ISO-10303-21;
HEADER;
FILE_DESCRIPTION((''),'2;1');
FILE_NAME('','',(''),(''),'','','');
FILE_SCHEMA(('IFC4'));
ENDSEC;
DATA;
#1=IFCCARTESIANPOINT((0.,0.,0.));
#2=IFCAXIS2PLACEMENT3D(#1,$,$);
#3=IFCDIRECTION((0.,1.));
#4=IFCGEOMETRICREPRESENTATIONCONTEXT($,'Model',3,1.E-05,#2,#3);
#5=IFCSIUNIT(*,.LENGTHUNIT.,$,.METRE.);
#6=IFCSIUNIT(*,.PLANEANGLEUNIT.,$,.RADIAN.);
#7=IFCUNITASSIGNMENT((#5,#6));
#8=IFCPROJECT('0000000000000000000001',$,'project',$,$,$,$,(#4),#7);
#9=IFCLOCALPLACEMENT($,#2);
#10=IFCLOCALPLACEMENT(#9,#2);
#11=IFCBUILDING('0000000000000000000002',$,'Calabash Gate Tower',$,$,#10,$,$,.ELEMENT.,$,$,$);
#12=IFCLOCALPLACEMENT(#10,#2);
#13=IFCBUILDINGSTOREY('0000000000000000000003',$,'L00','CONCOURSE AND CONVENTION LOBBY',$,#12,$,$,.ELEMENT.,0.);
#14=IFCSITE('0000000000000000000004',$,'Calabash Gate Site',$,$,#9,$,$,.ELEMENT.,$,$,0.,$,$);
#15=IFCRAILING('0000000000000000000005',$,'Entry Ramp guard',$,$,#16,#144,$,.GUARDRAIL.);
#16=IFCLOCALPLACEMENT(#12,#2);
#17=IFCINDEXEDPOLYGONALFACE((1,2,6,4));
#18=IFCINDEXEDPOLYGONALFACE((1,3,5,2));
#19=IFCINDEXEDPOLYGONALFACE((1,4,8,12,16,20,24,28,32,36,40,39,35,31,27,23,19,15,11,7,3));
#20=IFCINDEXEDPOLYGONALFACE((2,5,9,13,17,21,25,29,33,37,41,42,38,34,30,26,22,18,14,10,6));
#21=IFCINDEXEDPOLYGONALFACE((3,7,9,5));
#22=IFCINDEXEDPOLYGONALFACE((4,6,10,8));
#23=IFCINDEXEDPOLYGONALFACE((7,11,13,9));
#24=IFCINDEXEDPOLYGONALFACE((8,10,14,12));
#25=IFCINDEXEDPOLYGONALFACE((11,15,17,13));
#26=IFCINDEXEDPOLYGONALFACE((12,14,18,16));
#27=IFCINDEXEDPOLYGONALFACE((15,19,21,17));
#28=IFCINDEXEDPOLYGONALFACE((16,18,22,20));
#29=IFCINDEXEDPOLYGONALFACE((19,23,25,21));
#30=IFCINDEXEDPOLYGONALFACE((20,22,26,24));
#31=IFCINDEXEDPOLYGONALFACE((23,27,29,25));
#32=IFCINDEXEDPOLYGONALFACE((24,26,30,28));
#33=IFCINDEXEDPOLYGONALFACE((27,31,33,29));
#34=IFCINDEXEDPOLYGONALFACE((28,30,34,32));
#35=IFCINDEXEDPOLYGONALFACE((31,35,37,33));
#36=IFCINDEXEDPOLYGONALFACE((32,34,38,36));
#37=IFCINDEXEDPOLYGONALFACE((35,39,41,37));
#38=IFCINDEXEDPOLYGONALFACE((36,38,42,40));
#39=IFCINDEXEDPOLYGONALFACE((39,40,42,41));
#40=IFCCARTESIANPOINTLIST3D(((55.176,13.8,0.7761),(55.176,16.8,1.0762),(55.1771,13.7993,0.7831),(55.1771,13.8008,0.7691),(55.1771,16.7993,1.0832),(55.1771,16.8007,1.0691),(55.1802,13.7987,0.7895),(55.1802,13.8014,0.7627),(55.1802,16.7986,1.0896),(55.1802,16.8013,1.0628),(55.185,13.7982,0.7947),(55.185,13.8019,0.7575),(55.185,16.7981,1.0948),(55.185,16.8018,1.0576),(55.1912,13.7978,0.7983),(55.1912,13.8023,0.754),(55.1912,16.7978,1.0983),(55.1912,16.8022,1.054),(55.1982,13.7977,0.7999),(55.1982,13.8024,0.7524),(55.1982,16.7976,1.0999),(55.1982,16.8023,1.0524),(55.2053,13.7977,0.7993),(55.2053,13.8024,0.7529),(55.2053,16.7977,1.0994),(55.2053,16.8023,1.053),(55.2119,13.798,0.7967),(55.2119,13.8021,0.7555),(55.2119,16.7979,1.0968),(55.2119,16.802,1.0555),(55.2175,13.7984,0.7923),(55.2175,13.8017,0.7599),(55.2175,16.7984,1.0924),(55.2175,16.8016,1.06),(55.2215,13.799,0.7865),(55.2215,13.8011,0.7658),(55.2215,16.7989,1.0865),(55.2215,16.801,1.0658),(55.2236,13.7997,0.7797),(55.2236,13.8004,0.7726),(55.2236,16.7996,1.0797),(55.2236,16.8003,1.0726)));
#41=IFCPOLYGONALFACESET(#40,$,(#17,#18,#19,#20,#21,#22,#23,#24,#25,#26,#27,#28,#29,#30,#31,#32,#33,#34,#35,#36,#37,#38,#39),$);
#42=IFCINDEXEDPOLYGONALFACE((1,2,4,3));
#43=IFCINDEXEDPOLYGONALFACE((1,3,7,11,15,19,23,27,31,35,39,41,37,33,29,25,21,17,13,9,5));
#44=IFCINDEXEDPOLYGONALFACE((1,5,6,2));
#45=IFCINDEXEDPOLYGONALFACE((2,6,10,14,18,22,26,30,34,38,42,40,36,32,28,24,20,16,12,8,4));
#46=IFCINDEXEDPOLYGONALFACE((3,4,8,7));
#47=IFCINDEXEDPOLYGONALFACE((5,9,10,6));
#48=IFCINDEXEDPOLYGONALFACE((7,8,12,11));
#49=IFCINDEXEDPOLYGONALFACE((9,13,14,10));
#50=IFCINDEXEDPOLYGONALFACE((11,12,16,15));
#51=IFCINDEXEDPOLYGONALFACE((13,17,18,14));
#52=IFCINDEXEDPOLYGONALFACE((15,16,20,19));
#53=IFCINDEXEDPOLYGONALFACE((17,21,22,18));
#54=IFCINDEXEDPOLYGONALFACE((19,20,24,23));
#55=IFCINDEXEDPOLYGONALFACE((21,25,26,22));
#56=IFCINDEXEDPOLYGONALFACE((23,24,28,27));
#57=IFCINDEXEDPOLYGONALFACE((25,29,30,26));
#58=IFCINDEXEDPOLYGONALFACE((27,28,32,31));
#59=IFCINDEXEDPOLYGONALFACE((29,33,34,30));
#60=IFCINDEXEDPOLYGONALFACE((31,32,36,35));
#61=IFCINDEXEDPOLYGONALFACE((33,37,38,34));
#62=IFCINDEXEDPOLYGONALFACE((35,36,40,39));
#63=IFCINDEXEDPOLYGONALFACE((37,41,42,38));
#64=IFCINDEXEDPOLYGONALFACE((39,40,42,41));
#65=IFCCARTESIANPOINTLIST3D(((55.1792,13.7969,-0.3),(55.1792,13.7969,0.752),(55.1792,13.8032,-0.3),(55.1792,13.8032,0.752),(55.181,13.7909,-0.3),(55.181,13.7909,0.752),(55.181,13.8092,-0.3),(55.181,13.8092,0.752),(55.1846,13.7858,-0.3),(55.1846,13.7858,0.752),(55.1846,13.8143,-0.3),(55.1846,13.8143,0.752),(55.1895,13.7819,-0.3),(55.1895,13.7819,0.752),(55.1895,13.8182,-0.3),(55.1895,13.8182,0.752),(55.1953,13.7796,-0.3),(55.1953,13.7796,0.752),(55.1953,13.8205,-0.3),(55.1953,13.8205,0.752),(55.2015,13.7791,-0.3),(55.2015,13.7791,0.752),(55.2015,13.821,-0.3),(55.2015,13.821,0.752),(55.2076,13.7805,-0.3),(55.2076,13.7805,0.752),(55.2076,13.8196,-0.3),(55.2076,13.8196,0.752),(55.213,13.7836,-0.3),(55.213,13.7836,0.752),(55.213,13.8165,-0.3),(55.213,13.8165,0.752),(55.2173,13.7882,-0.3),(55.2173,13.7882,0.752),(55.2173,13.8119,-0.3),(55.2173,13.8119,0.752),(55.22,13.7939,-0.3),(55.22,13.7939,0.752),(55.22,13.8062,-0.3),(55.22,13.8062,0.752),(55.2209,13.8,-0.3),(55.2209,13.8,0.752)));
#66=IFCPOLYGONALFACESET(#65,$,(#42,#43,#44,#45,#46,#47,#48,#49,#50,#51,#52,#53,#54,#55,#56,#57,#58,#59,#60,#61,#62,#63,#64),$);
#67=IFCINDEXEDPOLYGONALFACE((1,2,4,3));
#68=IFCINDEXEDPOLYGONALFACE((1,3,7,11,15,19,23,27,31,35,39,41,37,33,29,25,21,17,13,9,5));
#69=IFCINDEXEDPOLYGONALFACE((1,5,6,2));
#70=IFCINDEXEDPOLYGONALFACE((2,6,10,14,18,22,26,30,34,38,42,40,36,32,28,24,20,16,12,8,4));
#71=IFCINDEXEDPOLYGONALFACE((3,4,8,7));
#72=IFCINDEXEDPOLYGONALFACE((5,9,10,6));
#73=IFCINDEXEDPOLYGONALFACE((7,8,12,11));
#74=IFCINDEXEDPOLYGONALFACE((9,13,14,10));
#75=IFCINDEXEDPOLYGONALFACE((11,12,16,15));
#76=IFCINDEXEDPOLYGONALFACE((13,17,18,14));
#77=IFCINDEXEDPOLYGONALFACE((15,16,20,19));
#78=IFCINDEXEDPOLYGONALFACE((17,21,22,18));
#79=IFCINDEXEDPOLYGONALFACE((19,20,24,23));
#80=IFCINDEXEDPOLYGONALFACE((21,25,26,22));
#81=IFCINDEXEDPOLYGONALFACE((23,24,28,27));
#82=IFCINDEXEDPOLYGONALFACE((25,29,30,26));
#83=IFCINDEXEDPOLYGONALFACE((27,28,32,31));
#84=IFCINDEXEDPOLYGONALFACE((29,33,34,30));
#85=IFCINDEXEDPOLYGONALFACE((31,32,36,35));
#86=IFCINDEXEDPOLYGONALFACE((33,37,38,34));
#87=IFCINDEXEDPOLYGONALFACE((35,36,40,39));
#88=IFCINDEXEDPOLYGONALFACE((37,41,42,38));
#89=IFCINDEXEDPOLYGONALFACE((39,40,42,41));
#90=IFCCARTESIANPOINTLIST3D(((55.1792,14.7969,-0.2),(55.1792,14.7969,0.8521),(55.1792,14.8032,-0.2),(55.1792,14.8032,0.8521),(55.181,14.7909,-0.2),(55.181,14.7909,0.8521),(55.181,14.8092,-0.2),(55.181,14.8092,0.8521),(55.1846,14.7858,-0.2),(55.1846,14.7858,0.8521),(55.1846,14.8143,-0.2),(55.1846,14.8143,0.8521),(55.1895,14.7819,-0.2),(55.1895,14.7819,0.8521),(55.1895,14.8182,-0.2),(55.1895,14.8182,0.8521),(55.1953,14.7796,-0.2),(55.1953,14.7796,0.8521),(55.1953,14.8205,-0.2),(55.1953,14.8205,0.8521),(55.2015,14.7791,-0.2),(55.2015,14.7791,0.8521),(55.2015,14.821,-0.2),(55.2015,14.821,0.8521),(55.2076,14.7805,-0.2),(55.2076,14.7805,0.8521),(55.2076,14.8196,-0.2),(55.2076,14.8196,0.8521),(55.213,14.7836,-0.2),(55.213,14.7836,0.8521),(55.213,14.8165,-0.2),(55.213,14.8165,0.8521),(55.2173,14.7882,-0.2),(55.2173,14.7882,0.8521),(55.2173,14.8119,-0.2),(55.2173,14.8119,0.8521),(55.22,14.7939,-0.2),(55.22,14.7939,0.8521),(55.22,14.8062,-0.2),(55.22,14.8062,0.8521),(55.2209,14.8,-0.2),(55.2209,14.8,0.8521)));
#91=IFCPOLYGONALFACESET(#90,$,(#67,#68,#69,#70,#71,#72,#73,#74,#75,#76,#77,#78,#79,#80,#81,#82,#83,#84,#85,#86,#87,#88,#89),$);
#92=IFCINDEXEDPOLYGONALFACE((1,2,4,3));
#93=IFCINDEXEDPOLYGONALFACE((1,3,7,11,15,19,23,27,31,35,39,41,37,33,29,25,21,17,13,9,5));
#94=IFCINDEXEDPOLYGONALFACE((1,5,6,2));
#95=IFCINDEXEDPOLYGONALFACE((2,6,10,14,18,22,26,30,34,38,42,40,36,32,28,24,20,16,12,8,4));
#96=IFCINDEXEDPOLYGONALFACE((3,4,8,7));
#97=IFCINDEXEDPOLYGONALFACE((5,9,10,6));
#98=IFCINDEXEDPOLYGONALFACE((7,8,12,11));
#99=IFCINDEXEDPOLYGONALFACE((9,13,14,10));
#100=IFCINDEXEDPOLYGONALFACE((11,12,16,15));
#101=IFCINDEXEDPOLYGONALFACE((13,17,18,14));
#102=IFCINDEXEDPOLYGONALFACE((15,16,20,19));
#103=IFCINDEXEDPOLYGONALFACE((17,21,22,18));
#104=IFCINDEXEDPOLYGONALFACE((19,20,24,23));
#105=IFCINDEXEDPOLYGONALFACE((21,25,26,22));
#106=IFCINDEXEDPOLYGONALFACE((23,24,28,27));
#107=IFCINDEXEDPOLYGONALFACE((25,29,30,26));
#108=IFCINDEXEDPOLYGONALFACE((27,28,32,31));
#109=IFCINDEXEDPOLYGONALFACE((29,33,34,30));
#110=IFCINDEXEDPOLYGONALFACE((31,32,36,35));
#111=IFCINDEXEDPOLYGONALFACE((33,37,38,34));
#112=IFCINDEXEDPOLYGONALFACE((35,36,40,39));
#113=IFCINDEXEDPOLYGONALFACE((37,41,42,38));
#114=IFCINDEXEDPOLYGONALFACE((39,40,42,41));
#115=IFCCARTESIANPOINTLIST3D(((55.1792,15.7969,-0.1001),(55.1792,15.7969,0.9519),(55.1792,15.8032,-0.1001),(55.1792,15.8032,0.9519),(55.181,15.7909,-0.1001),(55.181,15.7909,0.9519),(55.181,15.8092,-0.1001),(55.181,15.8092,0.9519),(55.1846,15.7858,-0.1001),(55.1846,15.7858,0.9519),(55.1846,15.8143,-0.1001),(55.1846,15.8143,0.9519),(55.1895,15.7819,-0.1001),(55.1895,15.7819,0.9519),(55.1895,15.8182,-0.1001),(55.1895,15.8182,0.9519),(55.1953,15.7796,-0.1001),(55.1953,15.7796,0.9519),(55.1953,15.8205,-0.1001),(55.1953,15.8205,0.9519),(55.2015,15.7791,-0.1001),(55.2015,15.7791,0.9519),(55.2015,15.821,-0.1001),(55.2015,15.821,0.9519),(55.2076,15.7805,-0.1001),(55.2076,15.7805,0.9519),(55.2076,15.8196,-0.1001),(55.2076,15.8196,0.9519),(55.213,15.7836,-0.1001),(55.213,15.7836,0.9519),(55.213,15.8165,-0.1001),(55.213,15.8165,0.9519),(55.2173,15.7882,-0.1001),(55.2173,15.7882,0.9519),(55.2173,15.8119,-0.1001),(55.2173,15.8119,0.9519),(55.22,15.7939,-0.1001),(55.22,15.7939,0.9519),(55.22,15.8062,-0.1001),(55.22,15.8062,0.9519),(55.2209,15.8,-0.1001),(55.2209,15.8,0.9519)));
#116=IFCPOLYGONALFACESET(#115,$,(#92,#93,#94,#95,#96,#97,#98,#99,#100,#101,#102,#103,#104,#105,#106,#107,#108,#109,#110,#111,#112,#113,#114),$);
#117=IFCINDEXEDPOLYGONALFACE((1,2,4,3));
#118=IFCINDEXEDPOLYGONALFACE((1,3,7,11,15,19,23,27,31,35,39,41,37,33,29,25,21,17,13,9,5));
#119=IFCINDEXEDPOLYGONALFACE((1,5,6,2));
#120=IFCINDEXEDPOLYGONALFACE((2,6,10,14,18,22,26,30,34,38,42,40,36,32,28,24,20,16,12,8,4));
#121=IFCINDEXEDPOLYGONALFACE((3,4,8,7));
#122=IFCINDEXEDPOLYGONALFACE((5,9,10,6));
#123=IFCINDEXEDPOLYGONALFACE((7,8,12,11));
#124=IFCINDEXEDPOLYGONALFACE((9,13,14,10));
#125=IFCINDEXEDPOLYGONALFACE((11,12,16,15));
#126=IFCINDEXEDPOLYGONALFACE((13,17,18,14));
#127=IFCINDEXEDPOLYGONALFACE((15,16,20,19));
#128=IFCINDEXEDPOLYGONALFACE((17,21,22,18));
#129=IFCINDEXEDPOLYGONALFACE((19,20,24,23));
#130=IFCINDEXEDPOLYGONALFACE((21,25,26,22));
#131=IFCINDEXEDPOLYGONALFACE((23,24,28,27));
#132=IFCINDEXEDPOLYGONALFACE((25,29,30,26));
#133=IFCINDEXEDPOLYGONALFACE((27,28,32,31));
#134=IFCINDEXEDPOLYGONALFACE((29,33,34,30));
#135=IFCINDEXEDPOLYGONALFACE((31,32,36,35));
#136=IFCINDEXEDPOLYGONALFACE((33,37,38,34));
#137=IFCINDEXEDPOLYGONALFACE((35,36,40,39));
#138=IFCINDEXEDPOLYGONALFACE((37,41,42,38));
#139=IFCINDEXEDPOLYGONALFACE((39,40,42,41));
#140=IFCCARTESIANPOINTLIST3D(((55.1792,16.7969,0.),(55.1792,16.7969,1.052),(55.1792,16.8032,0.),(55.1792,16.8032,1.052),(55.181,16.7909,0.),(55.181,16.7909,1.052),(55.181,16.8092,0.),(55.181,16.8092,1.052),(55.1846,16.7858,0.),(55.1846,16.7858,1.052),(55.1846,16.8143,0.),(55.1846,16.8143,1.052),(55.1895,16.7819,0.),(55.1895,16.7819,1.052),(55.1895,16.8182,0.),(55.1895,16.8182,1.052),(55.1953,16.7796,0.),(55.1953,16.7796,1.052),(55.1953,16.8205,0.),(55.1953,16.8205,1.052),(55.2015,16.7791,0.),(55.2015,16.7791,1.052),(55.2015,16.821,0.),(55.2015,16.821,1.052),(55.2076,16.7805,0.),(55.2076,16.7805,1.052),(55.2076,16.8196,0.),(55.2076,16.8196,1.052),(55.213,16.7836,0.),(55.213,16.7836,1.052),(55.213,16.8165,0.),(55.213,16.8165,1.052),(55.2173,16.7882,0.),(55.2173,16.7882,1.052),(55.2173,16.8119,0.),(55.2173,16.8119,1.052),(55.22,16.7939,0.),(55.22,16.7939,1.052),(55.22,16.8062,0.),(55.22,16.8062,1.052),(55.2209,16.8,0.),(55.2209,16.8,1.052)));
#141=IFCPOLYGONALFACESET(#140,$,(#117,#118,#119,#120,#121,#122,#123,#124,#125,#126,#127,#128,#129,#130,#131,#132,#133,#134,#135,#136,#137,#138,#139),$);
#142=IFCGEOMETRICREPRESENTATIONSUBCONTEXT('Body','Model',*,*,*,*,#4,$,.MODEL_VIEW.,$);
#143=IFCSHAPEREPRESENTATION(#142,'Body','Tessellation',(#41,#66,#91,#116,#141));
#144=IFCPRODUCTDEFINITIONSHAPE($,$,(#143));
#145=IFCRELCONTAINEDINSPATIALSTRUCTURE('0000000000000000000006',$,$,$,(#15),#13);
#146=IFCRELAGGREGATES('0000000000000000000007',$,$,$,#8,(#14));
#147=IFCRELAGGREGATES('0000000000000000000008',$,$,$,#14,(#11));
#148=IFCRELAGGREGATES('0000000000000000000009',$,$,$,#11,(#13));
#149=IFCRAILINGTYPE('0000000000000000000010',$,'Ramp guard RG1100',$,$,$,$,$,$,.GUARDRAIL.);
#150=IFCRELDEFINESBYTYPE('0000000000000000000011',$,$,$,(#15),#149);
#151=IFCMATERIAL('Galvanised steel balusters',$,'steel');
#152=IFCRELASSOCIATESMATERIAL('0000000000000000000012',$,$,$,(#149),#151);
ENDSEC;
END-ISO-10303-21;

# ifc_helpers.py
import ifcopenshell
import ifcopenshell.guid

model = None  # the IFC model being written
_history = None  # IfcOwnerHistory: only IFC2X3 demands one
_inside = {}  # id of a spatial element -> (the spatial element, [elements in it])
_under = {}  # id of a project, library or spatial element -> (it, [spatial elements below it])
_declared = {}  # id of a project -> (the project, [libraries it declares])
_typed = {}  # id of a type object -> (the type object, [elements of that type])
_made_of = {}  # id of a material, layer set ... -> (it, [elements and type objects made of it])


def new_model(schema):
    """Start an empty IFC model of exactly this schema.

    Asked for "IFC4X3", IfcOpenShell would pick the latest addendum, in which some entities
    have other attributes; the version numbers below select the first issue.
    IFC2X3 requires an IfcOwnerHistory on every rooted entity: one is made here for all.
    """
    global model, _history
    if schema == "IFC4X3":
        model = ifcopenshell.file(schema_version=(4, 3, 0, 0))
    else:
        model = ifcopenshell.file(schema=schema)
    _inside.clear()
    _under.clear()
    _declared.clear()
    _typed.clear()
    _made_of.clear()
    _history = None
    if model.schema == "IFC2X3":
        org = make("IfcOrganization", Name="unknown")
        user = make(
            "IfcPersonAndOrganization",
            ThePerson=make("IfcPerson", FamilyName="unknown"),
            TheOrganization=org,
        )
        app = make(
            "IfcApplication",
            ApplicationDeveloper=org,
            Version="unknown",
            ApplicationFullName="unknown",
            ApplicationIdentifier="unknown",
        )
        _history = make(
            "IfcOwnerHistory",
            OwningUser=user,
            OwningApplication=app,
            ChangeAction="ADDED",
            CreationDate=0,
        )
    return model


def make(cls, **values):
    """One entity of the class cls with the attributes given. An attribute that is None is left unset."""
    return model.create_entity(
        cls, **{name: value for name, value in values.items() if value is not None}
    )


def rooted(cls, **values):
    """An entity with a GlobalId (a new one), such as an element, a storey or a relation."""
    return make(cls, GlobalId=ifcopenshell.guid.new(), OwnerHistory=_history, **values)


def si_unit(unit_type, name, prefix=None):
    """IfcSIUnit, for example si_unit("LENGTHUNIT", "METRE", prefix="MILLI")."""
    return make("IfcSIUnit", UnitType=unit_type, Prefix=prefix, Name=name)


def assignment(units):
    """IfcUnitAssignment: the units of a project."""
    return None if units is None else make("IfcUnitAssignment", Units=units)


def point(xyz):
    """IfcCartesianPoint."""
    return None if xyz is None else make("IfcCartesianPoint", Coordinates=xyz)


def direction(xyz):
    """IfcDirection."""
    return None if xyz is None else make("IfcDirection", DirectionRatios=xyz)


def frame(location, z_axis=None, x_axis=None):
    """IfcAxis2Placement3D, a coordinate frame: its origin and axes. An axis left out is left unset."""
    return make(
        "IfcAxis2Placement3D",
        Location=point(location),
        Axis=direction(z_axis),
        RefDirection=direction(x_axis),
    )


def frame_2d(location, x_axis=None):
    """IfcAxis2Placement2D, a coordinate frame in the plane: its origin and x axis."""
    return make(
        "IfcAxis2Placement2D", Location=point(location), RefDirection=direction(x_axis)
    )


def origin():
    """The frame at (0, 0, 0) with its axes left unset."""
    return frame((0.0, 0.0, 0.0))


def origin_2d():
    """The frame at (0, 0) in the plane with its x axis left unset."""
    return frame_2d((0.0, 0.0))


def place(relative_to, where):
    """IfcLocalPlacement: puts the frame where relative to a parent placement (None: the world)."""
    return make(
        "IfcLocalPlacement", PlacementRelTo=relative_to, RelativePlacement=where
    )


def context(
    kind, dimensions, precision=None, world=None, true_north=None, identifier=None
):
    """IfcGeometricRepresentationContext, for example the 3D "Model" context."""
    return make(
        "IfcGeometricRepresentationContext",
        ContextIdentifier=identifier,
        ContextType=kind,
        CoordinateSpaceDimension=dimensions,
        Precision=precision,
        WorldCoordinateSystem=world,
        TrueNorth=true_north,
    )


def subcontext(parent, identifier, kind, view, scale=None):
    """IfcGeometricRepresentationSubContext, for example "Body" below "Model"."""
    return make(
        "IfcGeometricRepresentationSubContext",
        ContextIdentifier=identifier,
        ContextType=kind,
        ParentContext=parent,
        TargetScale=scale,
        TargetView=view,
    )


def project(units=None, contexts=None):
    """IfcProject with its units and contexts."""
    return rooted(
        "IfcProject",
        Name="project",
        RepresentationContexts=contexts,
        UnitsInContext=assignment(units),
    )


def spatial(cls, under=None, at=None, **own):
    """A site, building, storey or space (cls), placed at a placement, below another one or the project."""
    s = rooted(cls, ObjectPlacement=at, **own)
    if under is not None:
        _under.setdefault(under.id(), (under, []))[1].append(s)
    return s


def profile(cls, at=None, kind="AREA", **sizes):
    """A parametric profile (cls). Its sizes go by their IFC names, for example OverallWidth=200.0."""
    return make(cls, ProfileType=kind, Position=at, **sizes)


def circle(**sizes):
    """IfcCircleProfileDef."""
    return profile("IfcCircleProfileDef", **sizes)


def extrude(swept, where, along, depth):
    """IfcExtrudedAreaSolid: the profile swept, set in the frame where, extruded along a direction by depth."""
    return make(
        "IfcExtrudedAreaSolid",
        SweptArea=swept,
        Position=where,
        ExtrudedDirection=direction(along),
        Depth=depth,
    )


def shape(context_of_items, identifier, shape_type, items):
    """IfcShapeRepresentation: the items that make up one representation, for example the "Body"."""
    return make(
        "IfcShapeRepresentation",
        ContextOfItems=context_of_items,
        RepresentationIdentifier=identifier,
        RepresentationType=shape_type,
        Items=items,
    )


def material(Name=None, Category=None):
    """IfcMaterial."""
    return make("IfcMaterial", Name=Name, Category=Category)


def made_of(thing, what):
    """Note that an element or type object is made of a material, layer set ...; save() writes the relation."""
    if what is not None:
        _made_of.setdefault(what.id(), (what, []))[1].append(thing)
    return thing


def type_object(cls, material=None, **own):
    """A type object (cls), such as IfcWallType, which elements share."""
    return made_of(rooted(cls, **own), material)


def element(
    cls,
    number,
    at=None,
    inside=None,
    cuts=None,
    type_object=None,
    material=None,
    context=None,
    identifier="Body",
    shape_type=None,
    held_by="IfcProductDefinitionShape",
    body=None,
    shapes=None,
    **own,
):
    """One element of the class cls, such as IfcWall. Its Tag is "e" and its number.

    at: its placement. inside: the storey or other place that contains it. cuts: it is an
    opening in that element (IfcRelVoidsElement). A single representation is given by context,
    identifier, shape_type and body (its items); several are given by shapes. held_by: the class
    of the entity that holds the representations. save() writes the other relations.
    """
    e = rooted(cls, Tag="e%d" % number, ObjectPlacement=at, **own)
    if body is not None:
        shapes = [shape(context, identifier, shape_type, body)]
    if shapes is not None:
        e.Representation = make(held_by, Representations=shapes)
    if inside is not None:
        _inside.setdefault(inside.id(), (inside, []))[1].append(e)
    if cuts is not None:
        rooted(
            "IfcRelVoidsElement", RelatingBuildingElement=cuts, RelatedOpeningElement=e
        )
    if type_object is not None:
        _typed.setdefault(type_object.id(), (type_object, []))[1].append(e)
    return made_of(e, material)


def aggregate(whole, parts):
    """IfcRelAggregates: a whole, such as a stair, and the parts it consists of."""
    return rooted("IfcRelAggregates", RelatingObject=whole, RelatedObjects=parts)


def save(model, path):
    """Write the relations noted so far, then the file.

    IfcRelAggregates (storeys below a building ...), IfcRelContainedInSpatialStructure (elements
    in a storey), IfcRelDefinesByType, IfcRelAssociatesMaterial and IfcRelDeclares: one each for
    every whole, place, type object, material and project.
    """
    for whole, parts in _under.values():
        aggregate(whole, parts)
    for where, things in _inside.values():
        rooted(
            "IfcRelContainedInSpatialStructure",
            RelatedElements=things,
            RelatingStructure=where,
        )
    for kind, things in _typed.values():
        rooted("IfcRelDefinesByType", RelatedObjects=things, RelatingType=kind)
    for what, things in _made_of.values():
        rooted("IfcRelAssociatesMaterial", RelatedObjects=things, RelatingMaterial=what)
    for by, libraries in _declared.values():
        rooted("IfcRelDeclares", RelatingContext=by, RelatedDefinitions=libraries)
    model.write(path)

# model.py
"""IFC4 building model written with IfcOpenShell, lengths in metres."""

from ifc_helpers import new_model, si_unit, direction, frame, origin, origin_2d, place, context, subcontext, project, spatial, circle, extrude, material, type_object, element, save


model = new_model("IFC4")

# Units and contexts
model_context = context("Model", 3, precision=1e-05, world=origin(), true_north=direction((0.0, 1.0)))
body_context = subcontext(model_context, "Body", "Model", "MODEL_VIEW")
ifc_project = project(units=[si_unit("LENGTHUNIT", "METRE"), si_unit("PLANEANGLEUNIT", "RADIAN")], contexts=[model_context])

# Site, building, storey
site_placement = place(None, origin())
site = spatial("IfcSite", under=ifc_project, at=site_placement, Name="Calabash Gate Site", CompositionType="ELEMENT", RefElevation=0.0)
building_placement = place(site_placement, origin())
building = spatial("IfcBuilding", under=site, at=building_placement, Name="Calabash Gate Tower", CompositionType="ELEMENT")
storey_placement = place(building_placement, origin())
storey = spatial("IfcBuildingStorey", under=building, at=storey_placement, Name="L00", Description="CONCOURSE AND CONVENTION LOBBY", CompositionType="ELEMENT", Elevation=0.0)

# Railing
ifc_material_1 = material(Name="Galvanised steel balusters", Category="steel")
railing_type = type_object("IfcRailingType", Name="Ramp guard RG1100", PredefinedType="GUARDRAIL", material=ifc_material_1)
for number, where, name in (
    (1, (55.2, 13.8, -0.3), "Entry Ramp guard"),
):
    element("IfcRailing", number, at=place(storey_placement, frame(where)), inside=storey, type_object=railing_type, Name=name, PredefinedType="GUARDRAIL", context=body_context, shape_type="SweptSolid", body=[
        extrude(circle(Radius=0.0239, at=origin_2d()), frame((0.0, 0.0, 1.0762), z_axis=(0.0, 0.995036, 0.09952), x_axis=(-1.0, 0.0, 0.0)), (0.0, 0.0, 1.0), 3.0149),
        extrude(circle(Radius=0.021, at=origin_2d()), origin(), (0.0, 0.0, 1.0), 1.052),
        extrude(circle(Radius=0.021, at=origin_2d()), frame((0.0, 1.0, 0.1001)), (0.0, 0.0, 1.0), 1.052),
        extrude(circle(Radius=0.021, at=origin_2d()), frame((0.0, 2.0, 0.2)), (0.0, 0.0, 1.0), 1.052),
        extrude(circle(Radius=0.021, at=origin_2d()), frame((0.0, 3.0, 0.3)), (0.0, 0.0, 1.0), 1.052),
    ])

save(model, "model.ifc")
